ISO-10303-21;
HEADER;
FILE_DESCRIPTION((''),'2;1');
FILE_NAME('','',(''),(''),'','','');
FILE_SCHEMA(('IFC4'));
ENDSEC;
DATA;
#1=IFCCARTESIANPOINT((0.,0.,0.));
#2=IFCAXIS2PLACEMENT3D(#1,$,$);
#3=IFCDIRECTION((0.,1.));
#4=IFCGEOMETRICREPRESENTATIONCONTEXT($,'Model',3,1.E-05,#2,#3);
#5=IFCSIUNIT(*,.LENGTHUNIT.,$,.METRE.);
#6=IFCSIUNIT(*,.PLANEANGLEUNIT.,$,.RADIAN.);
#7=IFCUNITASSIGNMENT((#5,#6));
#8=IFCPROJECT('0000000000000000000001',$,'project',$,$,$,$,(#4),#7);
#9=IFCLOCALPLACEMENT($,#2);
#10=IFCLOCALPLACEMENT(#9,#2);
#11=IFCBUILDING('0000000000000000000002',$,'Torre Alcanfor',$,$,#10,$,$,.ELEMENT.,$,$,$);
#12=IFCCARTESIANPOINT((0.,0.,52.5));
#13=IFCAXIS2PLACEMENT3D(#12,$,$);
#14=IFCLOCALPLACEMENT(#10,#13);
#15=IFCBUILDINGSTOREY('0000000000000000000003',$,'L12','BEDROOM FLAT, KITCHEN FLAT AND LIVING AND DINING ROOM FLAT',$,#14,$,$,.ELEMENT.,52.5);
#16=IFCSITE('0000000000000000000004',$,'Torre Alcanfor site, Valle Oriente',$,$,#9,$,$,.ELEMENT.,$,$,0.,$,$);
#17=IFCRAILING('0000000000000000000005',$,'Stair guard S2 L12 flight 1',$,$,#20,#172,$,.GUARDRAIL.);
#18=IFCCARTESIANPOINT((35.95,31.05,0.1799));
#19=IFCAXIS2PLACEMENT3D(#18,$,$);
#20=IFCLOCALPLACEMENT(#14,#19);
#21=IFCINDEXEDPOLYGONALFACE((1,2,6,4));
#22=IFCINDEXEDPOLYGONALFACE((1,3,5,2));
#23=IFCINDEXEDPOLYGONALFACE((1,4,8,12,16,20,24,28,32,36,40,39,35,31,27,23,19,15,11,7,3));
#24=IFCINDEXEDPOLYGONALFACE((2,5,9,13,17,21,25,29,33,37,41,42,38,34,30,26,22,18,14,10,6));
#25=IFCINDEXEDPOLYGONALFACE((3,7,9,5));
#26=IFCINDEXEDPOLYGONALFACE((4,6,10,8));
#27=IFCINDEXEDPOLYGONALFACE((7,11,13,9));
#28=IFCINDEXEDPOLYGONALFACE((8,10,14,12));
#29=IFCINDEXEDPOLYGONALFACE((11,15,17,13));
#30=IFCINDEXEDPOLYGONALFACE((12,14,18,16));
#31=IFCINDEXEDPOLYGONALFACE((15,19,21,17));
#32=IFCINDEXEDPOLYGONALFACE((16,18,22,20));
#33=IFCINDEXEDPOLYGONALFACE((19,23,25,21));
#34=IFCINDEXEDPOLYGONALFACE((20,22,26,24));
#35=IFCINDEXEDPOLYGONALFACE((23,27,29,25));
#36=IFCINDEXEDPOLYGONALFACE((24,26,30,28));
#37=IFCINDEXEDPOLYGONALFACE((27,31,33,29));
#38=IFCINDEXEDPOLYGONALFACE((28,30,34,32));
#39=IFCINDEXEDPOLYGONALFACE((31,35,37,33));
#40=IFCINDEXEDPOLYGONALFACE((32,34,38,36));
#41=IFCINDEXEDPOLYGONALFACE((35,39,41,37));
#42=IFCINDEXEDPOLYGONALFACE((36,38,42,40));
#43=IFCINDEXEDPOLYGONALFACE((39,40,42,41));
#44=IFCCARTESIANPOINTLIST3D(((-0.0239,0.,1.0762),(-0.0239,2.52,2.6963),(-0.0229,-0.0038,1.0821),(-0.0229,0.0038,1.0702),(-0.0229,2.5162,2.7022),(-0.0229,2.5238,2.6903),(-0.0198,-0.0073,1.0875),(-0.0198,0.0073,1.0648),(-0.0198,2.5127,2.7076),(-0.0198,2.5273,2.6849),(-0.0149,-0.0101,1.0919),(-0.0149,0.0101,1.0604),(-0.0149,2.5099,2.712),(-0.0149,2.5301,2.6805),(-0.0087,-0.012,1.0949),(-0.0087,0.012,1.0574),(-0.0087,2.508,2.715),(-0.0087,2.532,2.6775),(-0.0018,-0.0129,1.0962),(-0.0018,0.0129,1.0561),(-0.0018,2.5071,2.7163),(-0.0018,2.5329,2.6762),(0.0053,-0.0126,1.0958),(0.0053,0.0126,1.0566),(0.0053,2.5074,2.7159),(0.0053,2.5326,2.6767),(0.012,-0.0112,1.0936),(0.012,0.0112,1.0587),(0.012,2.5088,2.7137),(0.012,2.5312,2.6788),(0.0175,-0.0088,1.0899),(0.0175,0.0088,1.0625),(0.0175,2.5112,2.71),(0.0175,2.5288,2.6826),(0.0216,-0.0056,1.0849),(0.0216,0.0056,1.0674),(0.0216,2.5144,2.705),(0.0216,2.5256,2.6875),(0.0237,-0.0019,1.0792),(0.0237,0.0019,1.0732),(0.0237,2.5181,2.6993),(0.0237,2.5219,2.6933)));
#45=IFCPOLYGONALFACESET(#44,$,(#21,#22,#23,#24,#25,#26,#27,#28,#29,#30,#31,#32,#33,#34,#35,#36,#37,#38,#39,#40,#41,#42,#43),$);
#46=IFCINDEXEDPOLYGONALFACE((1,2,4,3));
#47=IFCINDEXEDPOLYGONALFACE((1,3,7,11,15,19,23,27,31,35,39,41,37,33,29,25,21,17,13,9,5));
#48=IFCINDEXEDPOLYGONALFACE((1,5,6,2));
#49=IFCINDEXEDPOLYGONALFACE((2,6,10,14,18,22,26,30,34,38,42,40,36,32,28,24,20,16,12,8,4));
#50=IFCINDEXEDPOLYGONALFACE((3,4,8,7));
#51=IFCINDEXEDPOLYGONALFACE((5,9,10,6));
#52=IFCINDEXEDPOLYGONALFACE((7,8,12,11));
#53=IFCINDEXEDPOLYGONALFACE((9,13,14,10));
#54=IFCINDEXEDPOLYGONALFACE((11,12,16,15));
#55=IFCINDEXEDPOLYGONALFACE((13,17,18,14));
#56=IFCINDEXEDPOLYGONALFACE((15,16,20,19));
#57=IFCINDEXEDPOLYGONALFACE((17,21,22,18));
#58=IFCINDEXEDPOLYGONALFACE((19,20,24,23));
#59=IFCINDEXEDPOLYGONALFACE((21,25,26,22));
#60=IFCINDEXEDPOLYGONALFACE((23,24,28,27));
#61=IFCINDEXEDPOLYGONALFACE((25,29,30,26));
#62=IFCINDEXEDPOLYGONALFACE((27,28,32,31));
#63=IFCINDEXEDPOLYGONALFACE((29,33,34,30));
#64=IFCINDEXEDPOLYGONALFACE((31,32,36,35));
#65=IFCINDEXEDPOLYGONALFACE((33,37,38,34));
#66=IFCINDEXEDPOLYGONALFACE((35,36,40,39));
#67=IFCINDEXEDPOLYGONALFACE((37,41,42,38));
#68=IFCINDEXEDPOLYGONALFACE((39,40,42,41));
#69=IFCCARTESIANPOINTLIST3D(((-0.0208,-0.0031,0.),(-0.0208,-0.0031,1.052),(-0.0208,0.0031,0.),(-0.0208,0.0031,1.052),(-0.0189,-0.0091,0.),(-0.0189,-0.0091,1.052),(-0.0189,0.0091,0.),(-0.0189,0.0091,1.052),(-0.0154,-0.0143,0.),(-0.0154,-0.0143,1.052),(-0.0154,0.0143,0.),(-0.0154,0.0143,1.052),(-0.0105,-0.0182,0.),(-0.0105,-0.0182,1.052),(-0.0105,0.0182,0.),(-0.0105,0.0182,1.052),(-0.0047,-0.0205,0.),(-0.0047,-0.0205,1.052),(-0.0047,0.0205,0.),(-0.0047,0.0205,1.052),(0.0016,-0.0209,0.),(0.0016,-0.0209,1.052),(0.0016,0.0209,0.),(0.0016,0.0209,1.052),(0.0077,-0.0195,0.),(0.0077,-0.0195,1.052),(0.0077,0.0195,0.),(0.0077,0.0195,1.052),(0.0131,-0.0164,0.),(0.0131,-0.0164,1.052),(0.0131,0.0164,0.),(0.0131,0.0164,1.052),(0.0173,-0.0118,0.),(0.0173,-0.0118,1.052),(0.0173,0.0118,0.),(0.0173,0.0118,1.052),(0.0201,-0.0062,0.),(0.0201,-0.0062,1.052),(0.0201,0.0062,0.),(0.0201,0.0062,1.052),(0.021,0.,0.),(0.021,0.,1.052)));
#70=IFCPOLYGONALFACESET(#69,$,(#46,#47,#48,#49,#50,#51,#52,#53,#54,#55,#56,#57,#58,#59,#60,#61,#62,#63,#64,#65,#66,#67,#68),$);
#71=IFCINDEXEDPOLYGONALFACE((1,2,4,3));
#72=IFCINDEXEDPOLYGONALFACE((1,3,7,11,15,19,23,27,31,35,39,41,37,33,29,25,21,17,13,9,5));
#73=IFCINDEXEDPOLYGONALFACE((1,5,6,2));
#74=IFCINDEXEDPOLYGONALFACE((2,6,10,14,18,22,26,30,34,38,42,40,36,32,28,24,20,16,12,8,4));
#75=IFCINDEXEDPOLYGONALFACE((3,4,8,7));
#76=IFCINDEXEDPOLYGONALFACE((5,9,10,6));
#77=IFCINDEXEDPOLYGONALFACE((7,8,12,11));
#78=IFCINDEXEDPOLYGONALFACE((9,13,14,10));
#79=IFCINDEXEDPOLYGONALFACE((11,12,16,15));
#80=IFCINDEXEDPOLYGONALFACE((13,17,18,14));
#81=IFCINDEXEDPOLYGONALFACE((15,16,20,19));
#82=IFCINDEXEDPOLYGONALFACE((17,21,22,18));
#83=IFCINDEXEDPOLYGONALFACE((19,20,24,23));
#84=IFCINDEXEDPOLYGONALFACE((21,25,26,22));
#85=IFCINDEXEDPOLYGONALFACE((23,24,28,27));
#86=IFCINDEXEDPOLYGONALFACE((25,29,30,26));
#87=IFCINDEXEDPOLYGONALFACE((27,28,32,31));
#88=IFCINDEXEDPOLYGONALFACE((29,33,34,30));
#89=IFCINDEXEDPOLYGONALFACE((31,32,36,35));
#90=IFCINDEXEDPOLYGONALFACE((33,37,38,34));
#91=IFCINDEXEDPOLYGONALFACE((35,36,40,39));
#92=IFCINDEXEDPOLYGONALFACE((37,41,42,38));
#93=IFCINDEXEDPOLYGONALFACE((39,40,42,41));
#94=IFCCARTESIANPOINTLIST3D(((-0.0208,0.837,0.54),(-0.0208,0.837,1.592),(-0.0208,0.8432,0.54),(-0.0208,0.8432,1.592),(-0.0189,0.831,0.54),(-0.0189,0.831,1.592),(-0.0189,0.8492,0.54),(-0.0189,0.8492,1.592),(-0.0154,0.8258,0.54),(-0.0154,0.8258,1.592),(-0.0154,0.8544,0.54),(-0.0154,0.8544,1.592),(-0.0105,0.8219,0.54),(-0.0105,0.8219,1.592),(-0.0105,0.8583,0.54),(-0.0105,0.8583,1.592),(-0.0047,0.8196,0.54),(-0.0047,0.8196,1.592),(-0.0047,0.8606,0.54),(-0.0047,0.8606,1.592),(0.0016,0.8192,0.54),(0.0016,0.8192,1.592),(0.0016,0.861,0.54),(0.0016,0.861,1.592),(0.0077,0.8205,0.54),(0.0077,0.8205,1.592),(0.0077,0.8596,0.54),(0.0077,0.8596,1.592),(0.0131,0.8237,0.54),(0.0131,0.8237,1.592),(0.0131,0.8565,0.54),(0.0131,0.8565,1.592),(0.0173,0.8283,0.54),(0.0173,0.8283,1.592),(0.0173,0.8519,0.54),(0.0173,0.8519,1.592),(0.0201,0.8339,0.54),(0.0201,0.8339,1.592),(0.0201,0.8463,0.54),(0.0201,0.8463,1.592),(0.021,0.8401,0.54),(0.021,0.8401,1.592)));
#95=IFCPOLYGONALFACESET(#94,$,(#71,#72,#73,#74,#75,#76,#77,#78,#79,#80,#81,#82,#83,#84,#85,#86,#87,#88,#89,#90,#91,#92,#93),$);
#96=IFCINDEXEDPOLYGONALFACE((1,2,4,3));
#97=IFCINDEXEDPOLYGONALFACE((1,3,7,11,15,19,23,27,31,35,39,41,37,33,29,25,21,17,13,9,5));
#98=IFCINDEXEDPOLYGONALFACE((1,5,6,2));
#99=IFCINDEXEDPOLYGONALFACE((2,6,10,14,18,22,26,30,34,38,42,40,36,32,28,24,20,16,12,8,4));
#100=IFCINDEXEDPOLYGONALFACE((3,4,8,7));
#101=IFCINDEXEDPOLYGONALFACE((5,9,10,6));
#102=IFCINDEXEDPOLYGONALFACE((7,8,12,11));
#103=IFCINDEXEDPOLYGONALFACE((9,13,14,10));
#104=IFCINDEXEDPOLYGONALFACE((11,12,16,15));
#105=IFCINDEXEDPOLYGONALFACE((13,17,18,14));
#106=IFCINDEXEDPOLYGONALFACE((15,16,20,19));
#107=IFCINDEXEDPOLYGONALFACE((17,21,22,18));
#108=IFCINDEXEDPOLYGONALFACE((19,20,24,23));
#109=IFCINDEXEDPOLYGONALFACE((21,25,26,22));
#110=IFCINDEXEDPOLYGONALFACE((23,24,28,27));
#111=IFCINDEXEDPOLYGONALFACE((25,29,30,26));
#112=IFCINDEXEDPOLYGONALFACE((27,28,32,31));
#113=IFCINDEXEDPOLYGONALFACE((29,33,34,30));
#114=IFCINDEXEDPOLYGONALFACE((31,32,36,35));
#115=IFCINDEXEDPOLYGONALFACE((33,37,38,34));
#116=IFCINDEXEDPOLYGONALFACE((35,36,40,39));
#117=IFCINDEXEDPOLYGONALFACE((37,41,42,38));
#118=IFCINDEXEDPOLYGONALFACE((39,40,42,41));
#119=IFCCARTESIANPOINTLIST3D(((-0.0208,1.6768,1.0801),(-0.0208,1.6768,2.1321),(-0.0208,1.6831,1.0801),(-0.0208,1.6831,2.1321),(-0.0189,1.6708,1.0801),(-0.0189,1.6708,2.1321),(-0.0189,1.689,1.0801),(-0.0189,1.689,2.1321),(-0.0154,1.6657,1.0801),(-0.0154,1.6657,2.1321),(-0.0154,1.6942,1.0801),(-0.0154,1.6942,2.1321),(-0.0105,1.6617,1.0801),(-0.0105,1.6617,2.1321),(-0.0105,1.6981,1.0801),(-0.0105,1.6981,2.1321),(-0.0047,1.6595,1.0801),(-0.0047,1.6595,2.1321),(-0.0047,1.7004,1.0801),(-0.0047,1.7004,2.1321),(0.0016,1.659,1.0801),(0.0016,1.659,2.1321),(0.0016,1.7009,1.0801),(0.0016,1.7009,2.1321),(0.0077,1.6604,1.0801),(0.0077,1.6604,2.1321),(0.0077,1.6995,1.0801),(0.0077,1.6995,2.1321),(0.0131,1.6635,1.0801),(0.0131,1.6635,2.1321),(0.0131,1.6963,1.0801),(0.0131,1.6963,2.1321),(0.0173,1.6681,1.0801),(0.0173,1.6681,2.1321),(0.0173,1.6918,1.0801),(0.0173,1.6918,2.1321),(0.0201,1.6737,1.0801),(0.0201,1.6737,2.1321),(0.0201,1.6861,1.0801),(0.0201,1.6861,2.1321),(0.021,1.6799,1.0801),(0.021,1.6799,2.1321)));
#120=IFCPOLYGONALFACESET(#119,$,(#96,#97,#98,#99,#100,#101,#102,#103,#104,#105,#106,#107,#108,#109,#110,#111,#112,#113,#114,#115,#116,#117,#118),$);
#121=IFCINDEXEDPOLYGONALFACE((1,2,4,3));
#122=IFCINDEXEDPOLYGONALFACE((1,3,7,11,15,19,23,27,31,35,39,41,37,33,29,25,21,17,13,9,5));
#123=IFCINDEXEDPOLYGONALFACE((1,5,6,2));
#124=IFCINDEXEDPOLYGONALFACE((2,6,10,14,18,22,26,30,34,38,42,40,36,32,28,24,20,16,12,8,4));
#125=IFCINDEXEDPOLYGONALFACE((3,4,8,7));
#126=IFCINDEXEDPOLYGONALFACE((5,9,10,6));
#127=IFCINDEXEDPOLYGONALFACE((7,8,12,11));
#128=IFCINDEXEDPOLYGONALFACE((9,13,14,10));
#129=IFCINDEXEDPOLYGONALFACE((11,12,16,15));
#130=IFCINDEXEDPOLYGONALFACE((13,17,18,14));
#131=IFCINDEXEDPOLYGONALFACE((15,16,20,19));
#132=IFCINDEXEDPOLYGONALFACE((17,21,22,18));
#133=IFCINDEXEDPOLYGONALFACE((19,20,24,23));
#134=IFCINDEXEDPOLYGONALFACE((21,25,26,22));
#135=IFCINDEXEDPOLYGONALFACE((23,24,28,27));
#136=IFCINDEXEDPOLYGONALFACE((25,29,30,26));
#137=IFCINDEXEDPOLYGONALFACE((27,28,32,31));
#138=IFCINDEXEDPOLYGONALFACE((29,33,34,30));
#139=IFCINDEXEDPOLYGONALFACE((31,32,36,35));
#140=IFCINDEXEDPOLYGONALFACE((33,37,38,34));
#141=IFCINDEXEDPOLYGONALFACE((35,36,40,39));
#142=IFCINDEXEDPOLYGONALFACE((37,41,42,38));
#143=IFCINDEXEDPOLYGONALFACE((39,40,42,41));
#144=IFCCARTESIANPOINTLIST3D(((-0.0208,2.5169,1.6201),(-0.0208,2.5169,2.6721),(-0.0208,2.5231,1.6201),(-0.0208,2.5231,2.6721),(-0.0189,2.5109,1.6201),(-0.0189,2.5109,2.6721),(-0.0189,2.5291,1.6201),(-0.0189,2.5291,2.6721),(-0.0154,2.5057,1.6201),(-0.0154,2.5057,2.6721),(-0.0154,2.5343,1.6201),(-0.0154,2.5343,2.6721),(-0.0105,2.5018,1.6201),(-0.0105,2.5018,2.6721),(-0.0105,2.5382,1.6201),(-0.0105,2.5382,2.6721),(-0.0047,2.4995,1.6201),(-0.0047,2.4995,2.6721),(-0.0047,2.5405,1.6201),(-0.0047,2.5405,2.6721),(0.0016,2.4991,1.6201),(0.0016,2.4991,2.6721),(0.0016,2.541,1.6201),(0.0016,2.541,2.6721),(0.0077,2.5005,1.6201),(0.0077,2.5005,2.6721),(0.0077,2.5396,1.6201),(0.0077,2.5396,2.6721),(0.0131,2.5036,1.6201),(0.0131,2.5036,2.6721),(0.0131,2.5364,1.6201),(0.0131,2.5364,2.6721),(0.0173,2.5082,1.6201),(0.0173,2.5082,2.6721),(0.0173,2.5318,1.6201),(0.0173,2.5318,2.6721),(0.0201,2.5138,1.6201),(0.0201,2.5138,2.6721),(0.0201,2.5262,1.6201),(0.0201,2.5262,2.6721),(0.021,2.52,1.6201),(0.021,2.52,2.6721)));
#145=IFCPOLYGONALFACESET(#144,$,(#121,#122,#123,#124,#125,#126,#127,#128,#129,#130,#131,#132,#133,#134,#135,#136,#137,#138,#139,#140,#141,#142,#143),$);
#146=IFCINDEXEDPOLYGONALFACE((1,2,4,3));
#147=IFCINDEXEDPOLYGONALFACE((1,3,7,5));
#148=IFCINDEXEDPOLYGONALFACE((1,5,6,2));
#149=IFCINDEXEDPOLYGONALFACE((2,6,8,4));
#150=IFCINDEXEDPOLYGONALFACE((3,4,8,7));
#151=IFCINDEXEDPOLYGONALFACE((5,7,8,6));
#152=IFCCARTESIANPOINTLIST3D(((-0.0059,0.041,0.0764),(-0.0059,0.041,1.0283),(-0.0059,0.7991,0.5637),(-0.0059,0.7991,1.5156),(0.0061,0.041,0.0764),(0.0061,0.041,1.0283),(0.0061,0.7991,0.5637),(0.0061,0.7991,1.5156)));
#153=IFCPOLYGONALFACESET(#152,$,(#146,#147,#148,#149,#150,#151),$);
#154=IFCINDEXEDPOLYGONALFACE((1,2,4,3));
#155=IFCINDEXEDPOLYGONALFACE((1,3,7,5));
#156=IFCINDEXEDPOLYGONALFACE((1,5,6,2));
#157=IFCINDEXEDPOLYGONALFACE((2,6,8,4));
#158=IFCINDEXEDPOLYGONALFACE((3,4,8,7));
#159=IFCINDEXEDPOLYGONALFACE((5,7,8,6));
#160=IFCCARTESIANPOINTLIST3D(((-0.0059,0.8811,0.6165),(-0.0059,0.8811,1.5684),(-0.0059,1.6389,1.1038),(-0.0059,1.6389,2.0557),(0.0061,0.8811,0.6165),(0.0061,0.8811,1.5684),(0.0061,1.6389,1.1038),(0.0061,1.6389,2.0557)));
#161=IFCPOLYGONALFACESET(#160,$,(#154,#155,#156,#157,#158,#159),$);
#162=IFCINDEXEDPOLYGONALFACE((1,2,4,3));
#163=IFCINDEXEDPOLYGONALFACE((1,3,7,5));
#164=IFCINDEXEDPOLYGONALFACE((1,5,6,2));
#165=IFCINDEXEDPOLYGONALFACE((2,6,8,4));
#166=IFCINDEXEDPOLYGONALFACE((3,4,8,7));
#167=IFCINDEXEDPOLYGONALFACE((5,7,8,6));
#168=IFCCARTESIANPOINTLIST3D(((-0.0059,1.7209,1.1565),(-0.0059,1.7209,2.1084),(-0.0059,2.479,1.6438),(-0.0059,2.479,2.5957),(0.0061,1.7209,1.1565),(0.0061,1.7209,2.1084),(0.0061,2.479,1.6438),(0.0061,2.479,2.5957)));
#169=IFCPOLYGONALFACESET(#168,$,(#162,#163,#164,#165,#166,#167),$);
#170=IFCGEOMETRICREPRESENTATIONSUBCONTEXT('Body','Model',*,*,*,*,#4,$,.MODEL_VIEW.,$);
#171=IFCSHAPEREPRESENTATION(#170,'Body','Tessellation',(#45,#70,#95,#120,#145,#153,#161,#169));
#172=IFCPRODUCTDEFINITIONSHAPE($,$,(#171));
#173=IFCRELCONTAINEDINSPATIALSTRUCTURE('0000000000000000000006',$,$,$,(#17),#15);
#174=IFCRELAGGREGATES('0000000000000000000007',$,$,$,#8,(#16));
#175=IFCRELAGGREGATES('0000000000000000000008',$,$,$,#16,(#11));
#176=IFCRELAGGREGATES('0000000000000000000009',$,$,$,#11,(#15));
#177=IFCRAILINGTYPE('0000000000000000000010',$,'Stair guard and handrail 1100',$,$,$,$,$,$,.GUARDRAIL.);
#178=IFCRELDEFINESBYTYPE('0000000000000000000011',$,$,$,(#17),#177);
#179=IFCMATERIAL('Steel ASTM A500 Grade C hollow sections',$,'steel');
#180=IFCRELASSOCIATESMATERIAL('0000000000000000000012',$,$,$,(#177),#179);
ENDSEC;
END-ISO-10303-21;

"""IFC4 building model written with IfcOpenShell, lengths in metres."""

from ifc_helpers import new_model, si_unit, direction, frame, origin, origin_2d, place, context, subcontext, project, spatial, polyline, circle, outline, extrude, material, type_object, element, save


model = new_model("IFC4")

# Units and contexts
model_context = context("Model", 3, precision=1e-05, world=origin(), true_north=direction((0.0, 1.0)))
body_context = subcontext(model_context, "Body", "Model", "MODEL_VIEW")
ifc_project = project(units=[si_unit("LENGTHUNIT", "METRE"), si_unit("PLANEANGLEUNIT", "RADIAN")], contexts=[model_context])

# Site, building, storey
site_placement = place(None, origin())
site = spatial("IfcSite", under=ifc_project, at=site_placement, Name="Torre Alcanfor site, Valle Oriente", CompositionType="ELEMENT", RefElevation=0.0)
building_placement = place(site_placement, origin())
building = spatial("IfcBuilding", under=site, at=building_placement, Name="Torre Alcanfor", CompositionType="ELEMENT")
storey_placement = place(building_placement, frame((0.0, 0.0, 52.5)))
storey = spatial("IfcBuildingStorey", under=building, at=storey_placement, Name="L12", Description="BEDROOM FLAT, KITCHEN FLAT AND LIVING AND DINING ROOM FLAT", CompositionType="ELEMENT", Elevation=52.5)

# Railing
ifc_material_1 = material(Name="Steel ASTM A500 Grade C hollow sections", Category="steel")
railing_type_1 = type_object("IfcRailingType", Name="Stair guard and handrail 1100", PredefinedType="GUARDRAIL", material=ifc_material_1)
railing_1_placement = place(storey_placement, frame((35.95, 31.05, 0.1799)))
element("IfcRailing", 1, at=railing_1_placement, inside=storey, type_object=railing_type_1, Name="Stair guard S2 L12 flight 1", PredefinedType="GUARDRAIL", context=body_context, shape_type="SweptSolid", body=[
    extrude(circle(Radius=0.0239, at=origin_2d()), frame((0.0, 0.0, 1.0762), z_axis=(0.0, 0.841163, 0.540782), x_axis=(-1.0, 0.0, 0.0)), (0.0, 0.0, 1.0), 2.9958),
    extrude(circle(Radius=0.021, at=origin_2d()), origin(), (0.0, 0.0, 1.0), 1.052),
    extrude(circle(Radius=0.021, at=origin_2d()), frame((0.0, 0.8401, 0.54)), (0.0, 0.0, 1.0), 1.052),
    extrude(circle(Radius=0.021, at=origin_2d()), frame((0.0, 1.6799, 1.0801)), (0.0, 0.0, 1.0), 1.052),
    extrude(circle(Radius=0.021, at=origin_2d()), frame((0.0, 2.52, 1.6201)), (0.0, 0.0, 1.0), 1.052),
    extrude(outline(polyline([(0.041, 0.0764), (0.7991, 0.5637), (0.7991, 1.5156), (0.041, 1.0283), (0.041, 0.0764)])), frame((-0.0059, 0.0, 0.0), z_axis=(1.0, 0.0, 0.0), x_axis=(0.0, 1.0, 0.0)), (0.0, 0.0, 1.0), 0.012),
    extrude(outline(polyline([(0.8811, 0.6165), (1.6389, 1.1038), (1.6389, 2.0557), (0.8811, 1.5684), (0.8811, 0.6165)])), frame((-0.0059, 0.0, 0.0), z_axis=(1.0, 0.0, 0.0), x_axis=(0.0, 1.0, 0.0)), (0.0, 0.0, 1.0), 0.012),
    extrude(outline(polyline([(1.7209, 1.1565), (2.479, 1.6438), (2.479, 2.5957), (1.7209, 2.1084), (1.7209, 1.1565)])), frame((-0.0059, 0.0, 0.0), z_axis=(1.0, 0.0, 0.0), x_axis=(0.0, 1.0, 0.0)), (0.0, 0.0, 1.0), 0.012),
])

save(model, "model.ifc")
